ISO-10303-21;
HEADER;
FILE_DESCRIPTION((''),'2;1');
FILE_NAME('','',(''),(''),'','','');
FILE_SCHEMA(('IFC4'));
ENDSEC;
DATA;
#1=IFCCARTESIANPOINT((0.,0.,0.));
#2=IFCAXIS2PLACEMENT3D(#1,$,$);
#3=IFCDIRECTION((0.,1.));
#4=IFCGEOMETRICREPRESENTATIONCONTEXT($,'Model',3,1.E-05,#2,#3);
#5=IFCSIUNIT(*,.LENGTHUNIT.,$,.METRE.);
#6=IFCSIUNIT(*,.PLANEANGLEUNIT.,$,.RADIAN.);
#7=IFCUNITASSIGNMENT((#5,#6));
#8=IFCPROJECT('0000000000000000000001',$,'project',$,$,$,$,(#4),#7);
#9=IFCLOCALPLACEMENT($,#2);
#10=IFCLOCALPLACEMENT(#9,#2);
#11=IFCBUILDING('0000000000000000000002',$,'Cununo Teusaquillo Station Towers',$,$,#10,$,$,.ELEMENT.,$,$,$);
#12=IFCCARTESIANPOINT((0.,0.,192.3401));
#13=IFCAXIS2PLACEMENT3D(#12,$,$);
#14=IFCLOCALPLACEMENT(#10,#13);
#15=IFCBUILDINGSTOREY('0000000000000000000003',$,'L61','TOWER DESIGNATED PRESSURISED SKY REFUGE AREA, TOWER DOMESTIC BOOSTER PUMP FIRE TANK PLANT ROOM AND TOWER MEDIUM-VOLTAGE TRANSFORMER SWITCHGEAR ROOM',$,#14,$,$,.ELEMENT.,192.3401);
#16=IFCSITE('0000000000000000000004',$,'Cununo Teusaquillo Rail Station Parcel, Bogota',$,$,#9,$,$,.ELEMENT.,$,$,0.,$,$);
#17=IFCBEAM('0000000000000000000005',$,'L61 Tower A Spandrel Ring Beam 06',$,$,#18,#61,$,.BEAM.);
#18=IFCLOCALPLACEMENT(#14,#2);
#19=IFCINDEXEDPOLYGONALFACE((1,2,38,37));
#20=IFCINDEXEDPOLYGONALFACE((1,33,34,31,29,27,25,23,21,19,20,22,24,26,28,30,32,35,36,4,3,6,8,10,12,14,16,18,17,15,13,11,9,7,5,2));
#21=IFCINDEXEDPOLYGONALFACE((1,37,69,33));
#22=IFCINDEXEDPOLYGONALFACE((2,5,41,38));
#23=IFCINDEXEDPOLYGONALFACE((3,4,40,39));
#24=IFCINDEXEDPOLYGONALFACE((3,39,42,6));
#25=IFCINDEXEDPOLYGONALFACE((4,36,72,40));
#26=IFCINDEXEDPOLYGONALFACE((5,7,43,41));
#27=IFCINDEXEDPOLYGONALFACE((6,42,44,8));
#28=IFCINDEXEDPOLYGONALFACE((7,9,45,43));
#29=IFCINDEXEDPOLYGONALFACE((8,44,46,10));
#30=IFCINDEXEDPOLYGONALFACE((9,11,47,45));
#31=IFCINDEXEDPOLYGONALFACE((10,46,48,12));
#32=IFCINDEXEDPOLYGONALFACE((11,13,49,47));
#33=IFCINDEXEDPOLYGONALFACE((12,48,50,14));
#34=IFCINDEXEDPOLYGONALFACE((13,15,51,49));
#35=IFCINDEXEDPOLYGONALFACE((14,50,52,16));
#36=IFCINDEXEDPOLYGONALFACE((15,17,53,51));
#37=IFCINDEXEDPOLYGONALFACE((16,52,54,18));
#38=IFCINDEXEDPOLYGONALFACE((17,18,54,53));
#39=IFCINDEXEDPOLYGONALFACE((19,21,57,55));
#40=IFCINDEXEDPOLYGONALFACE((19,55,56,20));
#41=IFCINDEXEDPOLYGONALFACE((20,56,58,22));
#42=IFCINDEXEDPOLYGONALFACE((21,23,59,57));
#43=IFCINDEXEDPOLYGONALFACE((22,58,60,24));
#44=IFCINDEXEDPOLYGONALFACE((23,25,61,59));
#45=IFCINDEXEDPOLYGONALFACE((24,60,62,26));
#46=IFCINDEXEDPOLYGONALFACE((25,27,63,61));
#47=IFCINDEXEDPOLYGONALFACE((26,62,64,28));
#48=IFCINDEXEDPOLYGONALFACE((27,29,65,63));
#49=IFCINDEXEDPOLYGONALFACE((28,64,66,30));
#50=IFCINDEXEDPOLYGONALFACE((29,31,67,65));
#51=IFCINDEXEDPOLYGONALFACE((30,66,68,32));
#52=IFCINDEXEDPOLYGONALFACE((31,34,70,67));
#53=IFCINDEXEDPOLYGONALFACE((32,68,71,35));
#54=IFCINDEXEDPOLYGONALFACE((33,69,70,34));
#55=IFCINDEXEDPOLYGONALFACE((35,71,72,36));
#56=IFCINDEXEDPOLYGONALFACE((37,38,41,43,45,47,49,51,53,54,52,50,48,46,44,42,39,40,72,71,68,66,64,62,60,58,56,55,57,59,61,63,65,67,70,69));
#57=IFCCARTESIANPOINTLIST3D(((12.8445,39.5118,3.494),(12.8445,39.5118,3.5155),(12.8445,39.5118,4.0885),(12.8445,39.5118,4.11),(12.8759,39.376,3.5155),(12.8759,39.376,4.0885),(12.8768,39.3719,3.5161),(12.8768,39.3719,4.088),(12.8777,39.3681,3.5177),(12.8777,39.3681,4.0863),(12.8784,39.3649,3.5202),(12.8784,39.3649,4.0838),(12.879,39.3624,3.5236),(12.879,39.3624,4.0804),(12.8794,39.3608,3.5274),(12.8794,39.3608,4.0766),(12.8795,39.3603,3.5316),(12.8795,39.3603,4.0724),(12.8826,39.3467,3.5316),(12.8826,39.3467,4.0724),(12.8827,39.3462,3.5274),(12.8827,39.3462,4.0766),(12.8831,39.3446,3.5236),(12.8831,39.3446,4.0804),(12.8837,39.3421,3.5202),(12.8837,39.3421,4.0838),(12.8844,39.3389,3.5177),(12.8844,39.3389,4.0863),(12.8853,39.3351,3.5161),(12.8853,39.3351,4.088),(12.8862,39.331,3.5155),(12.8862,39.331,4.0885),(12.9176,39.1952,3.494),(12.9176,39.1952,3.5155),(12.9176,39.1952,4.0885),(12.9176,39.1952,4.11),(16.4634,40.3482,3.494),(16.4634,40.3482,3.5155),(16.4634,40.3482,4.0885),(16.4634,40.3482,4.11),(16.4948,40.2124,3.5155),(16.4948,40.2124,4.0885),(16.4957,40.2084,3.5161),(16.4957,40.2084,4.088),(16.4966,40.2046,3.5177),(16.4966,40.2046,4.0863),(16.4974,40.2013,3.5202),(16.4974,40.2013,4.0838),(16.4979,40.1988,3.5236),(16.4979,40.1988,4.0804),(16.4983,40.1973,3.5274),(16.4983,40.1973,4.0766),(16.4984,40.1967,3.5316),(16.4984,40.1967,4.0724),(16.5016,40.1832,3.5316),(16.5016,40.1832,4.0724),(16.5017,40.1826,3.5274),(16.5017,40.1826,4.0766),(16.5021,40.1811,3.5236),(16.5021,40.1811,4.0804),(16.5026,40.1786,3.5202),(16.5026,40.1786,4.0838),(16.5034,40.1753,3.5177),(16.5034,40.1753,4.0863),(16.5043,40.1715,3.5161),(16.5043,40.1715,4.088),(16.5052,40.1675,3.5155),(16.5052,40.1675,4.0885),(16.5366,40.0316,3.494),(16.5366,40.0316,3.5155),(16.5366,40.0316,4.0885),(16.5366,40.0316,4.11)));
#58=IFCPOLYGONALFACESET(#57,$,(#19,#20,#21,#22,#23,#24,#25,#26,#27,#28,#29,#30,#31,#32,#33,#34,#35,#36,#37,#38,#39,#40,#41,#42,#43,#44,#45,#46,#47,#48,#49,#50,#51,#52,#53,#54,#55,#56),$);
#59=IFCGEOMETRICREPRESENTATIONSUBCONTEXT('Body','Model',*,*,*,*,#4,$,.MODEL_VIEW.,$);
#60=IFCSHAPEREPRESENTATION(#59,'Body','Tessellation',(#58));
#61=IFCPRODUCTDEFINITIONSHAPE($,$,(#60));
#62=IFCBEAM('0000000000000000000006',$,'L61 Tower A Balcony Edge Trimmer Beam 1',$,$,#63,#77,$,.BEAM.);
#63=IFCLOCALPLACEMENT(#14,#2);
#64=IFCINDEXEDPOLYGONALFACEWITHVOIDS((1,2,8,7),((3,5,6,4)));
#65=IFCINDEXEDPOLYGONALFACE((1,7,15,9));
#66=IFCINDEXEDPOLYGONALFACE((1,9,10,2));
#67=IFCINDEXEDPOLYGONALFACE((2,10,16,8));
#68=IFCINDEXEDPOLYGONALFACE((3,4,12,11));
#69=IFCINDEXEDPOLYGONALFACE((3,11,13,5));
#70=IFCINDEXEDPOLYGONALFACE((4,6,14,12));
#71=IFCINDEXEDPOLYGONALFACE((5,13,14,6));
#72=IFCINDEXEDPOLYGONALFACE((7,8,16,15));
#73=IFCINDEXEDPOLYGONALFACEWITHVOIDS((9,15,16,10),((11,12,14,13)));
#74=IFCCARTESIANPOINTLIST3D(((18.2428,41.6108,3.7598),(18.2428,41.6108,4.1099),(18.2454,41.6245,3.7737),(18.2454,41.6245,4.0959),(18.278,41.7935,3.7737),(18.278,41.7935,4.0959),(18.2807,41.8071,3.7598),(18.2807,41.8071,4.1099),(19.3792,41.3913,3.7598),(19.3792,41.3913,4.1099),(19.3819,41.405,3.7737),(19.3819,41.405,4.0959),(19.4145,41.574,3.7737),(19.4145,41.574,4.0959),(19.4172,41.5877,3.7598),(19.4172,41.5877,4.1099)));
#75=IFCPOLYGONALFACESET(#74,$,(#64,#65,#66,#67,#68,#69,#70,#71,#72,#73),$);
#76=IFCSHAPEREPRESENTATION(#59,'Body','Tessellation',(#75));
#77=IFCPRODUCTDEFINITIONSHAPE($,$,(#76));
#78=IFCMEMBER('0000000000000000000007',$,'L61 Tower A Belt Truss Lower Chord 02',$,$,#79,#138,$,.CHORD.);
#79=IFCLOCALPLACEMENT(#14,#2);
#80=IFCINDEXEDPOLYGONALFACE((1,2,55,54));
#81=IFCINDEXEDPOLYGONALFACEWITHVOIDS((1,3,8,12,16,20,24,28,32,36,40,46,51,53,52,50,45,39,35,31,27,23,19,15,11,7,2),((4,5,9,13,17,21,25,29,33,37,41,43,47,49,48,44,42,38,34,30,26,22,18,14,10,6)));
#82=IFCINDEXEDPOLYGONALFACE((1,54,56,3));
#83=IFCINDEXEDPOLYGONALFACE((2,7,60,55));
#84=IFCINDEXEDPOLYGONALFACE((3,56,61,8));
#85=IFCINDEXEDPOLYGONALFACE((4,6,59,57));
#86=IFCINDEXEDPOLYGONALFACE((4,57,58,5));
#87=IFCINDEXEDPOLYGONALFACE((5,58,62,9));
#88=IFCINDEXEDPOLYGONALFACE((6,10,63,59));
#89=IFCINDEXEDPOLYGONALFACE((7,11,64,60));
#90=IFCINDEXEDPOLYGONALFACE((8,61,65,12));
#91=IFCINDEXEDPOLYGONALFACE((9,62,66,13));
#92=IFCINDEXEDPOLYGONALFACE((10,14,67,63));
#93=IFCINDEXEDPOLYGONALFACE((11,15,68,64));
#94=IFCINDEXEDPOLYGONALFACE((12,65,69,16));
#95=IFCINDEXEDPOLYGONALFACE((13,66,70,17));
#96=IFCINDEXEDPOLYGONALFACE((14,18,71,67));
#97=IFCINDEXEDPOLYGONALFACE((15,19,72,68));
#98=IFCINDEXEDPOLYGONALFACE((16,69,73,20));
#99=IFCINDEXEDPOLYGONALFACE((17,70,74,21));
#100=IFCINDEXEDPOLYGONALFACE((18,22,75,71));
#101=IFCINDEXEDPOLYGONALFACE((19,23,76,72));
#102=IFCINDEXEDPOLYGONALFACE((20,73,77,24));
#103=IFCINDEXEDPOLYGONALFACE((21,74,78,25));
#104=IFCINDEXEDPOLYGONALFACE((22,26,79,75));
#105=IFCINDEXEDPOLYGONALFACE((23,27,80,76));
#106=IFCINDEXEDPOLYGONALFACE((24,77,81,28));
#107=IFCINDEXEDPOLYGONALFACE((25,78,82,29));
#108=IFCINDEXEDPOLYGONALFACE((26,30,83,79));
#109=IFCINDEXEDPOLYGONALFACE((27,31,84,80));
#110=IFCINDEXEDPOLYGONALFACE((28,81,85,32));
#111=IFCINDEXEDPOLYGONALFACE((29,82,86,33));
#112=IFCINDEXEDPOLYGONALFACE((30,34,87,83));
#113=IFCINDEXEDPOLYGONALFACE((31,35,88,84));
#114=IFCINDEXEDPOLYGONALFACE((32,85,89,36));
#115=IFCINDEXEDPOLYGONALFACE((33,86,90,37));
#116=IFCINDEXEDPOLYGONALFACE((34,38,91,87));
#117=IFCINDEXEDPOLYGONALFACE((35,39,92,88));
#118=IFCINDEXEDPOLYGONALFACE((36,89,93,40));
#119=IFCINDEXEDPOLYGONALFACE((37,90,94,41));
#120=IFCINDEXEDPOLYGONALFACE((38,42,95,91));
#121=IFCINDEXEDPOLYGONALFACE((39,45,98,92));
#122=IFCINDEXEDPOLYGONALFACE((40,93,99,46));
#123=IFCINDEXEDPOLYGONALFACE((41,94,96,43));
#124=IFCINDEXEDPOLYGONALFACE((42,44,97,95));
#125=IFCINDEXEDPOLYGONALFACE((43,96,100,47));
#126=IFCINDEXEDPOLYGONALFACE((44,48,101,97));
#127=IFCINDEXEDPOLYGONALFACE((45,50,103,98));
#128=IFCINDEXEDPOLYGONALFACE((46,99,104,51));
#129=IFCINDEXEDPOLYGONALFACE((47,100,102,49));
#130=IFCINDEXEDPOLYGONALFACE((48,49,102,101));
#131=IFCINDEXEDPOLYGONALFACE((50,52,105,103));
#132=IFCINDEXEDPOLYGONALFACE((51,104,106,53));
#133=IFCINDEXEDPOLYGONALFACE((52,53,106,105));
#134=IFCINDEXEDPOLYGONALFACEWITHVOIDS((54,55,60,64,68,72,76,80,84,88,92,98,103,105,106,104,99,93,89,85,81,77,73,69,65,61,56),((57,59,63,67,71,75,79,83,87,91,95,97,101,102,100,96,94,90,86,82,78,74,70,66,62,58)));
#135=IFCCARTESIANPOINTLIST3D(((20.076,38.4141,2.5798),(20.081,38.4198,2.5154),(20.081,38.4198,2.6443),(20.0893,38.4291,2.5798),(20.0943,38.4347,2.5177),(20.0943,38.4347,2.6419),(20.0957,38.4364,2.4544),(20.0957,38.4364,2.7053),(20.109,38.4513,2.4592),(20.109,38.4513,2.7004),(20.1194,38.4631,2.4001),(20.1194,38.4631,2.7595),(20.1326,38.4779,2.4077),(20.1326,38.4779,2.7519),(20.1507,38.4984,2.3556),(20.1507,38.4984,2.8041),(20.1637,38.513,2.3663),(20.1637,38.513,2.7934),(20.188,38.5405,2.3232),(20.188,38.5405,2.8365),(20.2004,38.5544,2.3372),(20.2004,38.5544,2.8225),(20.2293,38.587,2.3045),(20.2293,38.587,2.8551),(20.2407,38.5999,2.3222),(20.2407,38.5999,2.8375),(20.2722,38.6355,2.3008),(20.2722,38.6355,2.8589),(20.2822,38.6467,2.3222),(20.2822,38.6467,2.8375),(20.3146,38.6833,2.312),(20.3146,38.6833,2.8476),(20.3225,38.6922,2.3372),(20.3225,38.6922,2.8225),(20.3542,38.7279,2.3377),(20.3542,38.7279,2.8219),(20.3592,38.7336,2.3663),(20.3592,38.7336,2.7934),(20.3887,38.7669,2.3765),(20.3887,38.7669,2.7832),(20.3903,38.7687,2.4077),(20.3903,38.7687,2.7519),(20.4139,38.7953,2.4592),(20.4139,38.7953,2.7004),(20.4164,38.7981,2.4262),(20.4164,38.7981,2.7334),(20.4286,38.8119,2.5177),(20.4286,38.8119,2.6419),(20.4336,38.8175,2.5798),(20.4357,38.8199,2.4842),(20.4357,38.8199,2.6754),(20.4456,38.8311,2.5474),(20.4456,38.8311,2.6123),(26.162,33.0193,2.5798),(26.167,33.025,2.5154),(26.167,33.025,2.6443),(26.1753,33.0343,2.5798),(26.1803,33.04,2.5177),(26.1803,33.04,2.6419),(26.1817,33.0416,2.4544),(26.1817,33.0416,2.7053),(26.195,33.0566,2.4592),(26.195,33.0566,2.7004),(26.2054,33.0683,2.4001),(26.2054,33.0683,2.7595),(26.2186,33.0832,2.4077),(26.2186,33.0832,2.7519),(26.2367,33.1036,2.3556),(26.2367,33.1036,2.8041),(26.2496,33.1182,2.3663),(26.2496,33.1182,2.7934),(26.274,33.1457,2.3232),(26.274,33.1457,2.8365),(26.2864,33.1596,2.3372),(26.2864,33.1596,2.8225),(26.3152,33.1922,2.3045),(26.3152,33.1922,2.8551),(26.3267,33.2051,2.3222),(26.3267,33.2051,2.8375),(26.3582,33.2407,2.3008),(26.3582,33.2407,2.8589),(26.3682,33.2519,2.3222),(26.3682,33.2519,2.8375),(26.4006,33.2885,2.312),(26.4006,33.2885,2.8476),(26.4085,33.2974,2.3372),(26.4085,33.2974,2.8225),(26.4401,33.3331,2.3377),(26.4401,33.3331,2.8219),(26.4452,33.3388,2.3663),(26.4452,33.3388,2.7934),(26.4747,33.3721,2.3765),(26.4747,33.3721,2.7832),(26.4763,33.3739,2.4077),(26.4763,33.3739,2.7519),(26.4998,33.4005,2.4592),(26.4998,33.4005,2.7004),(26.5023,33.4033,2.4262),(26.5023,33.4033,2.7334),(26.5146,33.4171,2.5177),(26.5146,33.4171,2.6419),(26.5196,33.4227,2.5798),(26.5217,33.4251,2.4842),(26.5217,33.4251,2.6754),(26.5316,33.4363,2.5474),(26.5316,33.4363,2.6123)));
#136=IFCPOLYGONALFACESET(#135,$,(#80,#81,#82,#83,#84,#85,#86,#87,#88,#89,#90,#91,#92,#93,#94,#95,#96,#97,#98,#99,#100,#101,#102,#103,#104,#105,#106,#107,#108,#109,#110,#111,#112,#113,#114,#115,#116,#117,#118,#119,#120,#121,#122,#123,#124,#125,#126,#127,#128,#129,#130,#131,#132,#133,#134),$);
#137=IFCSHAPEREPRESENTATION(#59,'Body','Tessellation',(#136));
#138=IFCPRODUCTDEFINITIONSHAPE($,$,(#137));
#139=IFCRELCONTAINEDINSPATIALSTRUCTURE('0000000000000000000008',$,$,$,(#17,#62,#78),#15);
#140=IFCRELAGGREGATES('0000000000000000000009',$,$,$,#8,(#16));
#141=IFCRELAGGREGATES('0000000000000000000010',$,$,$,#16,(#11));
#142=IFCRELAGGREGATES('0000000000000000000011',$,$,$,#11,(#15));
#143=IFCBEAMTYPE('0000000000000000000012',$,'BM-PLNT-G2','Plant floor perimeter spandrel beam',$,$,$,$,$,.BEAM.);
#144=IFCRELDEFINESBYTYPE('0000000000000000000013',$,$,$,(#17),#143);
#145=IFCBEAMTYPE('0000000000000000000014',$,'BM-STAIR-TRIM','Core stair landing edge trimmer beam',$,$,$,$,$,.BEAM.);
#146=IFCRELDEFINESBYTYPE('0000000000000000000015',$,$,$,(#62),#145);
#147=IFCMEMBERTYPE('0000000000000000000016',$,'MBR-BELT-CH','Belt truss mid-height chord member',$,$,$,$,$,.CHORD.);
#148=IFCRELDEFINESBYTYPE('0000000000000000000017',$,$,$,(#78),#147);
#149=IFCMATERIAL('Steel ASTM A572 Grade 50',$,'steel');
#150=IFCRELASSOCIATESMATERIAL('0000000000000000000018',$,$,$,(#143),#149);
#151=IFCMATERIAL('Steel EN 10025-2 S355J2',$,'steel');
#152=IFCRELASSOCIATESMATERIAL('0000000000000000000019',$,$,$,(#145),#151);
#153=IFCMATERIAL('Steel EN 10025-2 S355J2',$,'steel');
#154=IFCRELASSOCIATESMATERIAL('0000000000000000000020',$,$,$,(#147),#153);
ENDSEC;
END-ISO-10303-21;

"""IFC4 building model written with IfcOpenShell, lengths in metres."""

from ifc_helpers import new_model, si_unit, direction, frame, origin, origin_2d, place, context, subcontext, project, spatial, hollow_rectangle, hollow_circle, i_section, extrude, material, material_profile, profile_set, type_object, element, save


model = new_model("IFC4")

# Units and contexts
model_context = context("Model", 3, precision=1e-05, world=origin(), true_north=direction((0.0, 1.0)))
body_context = subcontext(model_context, "Body", "Model", "MODEL_VIEW")
ifc_project = project(units=[si_unit("LENGTHUNIT", "METRE"), si_unit("PLANEANGLEUNIT", "RADIAN")], contexts=[model_context])

# Site, building, storey
site_placement = place(None, origin())
site = spatial("IfcSite", under=ifc_project, at=site_placement, Name="Cununo Teusaquillo Rail Station Parcel, Bogota", CompositionType="ELEMENT", RefElevation=0.0)
building_placement = place(site_placement, origin())
building = spatial("IfcBuilding", under=site, at=building_placement, Name="Cununo Teusaquillo Station Towers", CompositionType="ELEMENT")
storey_placement = place(building_placement, frame((0.0, 0.0, 192.3401)))
storey = spatial("IfcBuildingStorey", under=building, at=storey_placement, Name="L61", Description="TOWER DESIGNATED PRESSURISED SKY REFUGE AREA, TOWER DOMESTIC BOOSTER PUMP FIRE TANK PLANT ROOM AND TOWER MEDIUM-VOLTAGE TRANSFORMER SWITCHGEAR ROOM", CompositionType="ELEMENT", Elevation=192.3401)

# Beams
ifc_material_1 = material(Name="Steel ASTM A572 Grade 50", Category="steel")
ifc_material_profile_1 = material_profile(ifc_material_1, i_section(OverallWidth=0.325, OverallDepth=0.616, WebThickness=0.0139, FlangeThickness=0.0215, FilletRadius=0.0161, at=origin_2d()), Name="W24X117")
ifc_profile_set_1 = profile_set([ifc_material_profile_1], Name="Steel ASTM A572 Grade 50")
beam_type_1 = type_object("IfcBeamType", Name="BM-PLNT-G2", Description="Plant floor perimeter spandrel beam", PredefinedType="BEAM", material=ifc_profile_set_1)
for number, where, z_axis, x_axis, name in (
    (1, (16.5, 40.1899, 3.802), (-0.974315, -0.225191, 0.0), (0.225191, -0.974315, 0.0), "L61 Tower A Spandrel Ring Beam 06"),
):
    element("IfcBeam", number, at=place(storey_placement, frame(where, z_axis=z_axis, x_axis=x_axis)), inside=storey, type_object=beam_type_1, Name=name, PredefinedType="BEAM", context=body_context, shape_type="SweptSolid", body=[
        extrude(i_section(OverallWidth=0.325, OverallDepth=0.616, WebThickness=0.0139, FlangeThickness=0.0215, FilletRadius=0.0161, at=origin_2d()), origin(), (0.0, 0.0, 1.0), 3.7144),
    ])
ifc_material_2 = material(Name="Steel EN 10025-2 S355J2", Category="steel")
ifc_material_profile_2 = material_profile(ifc_material_2, hollow_rectangle(XDim=0.2, YDim=0.3501, WallThickness=0.0139, at=origin_2d()), Name="RHS 350x200x14")
ifc_profile_set_2 = profile_set([ifc_material_profile_2], Name="Steel EN 10025-2 S355J2")
beam_type_2 = type_object("IfcBeamType", Name="BM-STAIR-TRIM", Description="Core stair landing edge trimmer beam", PredefinedType="BEAM", material=ifc_profile_set_2)
beam_1_placement = place(storey_placement, frame((19.3982, 41.4895, 3.9348), z_axis=(-0.981857, 0.189622, 0.0), x_axis=(-0.189622, -0.981857, 0.0)))
element("IfcBeam", 2, at=beam_1_placement, inside=storey, type_object=beam_type_2, Name="L61 Tower A Balcony Edge Trimmer Beam 1", PredefinedType="BEAM", context=body_context, shape_type="SweptSolid", body=[
    extrude(hollow_rectangle(XDim=0.2, YDim=0.3501, WallThickness=0.0139, at=origin_2d()), origin(), (0.0, 0.0, 1.0), 1.1575),
])

# Member
ifc_material_3 = material(Name="Steel EN 10025-2 S355J2", Category="steel")
ifc_material_profile_3 = material_profile(ifc_material_3, hollow_circle(Radius=0.2795, WallThickness=0.02, at=origin_2d()), Name="CHS 559x20")
ifc_profile_set_3 = profile_set([ifc_material_profile_3], Name="Steel EN 10025-2 S355J2")
member_type_1 = type_object("IfcMemberType", Name="MBR-BELT-CH", Description="Belt truss mid-height chord member", PredefinedType="CHORD", material=ifc_profile_set_3)
member_1_placement = place(storey_placement, frame((26.3474, 33.2285, 2.5798), z_axis=(-0.748321, 0.663337, 0.0), x_axis=(-0.663337, -0.748321, 0.0)))
element("IfcMember", 3, at=member_1_placement, inside=storey, type_object=member_type_1, Name="L61 Tower A Belt Truss Lower Chord 02", PredefinedType="CHORD", context=body_context, shape_type="SweptSolid", body=[
    extrude(hollow_circle(Radius=0.2795, WallThickness=0.02, at=origin_2d()), origin(), (0.0, 0.0, 1.0), 8.1328),
])

save(model, "model.ifc")
